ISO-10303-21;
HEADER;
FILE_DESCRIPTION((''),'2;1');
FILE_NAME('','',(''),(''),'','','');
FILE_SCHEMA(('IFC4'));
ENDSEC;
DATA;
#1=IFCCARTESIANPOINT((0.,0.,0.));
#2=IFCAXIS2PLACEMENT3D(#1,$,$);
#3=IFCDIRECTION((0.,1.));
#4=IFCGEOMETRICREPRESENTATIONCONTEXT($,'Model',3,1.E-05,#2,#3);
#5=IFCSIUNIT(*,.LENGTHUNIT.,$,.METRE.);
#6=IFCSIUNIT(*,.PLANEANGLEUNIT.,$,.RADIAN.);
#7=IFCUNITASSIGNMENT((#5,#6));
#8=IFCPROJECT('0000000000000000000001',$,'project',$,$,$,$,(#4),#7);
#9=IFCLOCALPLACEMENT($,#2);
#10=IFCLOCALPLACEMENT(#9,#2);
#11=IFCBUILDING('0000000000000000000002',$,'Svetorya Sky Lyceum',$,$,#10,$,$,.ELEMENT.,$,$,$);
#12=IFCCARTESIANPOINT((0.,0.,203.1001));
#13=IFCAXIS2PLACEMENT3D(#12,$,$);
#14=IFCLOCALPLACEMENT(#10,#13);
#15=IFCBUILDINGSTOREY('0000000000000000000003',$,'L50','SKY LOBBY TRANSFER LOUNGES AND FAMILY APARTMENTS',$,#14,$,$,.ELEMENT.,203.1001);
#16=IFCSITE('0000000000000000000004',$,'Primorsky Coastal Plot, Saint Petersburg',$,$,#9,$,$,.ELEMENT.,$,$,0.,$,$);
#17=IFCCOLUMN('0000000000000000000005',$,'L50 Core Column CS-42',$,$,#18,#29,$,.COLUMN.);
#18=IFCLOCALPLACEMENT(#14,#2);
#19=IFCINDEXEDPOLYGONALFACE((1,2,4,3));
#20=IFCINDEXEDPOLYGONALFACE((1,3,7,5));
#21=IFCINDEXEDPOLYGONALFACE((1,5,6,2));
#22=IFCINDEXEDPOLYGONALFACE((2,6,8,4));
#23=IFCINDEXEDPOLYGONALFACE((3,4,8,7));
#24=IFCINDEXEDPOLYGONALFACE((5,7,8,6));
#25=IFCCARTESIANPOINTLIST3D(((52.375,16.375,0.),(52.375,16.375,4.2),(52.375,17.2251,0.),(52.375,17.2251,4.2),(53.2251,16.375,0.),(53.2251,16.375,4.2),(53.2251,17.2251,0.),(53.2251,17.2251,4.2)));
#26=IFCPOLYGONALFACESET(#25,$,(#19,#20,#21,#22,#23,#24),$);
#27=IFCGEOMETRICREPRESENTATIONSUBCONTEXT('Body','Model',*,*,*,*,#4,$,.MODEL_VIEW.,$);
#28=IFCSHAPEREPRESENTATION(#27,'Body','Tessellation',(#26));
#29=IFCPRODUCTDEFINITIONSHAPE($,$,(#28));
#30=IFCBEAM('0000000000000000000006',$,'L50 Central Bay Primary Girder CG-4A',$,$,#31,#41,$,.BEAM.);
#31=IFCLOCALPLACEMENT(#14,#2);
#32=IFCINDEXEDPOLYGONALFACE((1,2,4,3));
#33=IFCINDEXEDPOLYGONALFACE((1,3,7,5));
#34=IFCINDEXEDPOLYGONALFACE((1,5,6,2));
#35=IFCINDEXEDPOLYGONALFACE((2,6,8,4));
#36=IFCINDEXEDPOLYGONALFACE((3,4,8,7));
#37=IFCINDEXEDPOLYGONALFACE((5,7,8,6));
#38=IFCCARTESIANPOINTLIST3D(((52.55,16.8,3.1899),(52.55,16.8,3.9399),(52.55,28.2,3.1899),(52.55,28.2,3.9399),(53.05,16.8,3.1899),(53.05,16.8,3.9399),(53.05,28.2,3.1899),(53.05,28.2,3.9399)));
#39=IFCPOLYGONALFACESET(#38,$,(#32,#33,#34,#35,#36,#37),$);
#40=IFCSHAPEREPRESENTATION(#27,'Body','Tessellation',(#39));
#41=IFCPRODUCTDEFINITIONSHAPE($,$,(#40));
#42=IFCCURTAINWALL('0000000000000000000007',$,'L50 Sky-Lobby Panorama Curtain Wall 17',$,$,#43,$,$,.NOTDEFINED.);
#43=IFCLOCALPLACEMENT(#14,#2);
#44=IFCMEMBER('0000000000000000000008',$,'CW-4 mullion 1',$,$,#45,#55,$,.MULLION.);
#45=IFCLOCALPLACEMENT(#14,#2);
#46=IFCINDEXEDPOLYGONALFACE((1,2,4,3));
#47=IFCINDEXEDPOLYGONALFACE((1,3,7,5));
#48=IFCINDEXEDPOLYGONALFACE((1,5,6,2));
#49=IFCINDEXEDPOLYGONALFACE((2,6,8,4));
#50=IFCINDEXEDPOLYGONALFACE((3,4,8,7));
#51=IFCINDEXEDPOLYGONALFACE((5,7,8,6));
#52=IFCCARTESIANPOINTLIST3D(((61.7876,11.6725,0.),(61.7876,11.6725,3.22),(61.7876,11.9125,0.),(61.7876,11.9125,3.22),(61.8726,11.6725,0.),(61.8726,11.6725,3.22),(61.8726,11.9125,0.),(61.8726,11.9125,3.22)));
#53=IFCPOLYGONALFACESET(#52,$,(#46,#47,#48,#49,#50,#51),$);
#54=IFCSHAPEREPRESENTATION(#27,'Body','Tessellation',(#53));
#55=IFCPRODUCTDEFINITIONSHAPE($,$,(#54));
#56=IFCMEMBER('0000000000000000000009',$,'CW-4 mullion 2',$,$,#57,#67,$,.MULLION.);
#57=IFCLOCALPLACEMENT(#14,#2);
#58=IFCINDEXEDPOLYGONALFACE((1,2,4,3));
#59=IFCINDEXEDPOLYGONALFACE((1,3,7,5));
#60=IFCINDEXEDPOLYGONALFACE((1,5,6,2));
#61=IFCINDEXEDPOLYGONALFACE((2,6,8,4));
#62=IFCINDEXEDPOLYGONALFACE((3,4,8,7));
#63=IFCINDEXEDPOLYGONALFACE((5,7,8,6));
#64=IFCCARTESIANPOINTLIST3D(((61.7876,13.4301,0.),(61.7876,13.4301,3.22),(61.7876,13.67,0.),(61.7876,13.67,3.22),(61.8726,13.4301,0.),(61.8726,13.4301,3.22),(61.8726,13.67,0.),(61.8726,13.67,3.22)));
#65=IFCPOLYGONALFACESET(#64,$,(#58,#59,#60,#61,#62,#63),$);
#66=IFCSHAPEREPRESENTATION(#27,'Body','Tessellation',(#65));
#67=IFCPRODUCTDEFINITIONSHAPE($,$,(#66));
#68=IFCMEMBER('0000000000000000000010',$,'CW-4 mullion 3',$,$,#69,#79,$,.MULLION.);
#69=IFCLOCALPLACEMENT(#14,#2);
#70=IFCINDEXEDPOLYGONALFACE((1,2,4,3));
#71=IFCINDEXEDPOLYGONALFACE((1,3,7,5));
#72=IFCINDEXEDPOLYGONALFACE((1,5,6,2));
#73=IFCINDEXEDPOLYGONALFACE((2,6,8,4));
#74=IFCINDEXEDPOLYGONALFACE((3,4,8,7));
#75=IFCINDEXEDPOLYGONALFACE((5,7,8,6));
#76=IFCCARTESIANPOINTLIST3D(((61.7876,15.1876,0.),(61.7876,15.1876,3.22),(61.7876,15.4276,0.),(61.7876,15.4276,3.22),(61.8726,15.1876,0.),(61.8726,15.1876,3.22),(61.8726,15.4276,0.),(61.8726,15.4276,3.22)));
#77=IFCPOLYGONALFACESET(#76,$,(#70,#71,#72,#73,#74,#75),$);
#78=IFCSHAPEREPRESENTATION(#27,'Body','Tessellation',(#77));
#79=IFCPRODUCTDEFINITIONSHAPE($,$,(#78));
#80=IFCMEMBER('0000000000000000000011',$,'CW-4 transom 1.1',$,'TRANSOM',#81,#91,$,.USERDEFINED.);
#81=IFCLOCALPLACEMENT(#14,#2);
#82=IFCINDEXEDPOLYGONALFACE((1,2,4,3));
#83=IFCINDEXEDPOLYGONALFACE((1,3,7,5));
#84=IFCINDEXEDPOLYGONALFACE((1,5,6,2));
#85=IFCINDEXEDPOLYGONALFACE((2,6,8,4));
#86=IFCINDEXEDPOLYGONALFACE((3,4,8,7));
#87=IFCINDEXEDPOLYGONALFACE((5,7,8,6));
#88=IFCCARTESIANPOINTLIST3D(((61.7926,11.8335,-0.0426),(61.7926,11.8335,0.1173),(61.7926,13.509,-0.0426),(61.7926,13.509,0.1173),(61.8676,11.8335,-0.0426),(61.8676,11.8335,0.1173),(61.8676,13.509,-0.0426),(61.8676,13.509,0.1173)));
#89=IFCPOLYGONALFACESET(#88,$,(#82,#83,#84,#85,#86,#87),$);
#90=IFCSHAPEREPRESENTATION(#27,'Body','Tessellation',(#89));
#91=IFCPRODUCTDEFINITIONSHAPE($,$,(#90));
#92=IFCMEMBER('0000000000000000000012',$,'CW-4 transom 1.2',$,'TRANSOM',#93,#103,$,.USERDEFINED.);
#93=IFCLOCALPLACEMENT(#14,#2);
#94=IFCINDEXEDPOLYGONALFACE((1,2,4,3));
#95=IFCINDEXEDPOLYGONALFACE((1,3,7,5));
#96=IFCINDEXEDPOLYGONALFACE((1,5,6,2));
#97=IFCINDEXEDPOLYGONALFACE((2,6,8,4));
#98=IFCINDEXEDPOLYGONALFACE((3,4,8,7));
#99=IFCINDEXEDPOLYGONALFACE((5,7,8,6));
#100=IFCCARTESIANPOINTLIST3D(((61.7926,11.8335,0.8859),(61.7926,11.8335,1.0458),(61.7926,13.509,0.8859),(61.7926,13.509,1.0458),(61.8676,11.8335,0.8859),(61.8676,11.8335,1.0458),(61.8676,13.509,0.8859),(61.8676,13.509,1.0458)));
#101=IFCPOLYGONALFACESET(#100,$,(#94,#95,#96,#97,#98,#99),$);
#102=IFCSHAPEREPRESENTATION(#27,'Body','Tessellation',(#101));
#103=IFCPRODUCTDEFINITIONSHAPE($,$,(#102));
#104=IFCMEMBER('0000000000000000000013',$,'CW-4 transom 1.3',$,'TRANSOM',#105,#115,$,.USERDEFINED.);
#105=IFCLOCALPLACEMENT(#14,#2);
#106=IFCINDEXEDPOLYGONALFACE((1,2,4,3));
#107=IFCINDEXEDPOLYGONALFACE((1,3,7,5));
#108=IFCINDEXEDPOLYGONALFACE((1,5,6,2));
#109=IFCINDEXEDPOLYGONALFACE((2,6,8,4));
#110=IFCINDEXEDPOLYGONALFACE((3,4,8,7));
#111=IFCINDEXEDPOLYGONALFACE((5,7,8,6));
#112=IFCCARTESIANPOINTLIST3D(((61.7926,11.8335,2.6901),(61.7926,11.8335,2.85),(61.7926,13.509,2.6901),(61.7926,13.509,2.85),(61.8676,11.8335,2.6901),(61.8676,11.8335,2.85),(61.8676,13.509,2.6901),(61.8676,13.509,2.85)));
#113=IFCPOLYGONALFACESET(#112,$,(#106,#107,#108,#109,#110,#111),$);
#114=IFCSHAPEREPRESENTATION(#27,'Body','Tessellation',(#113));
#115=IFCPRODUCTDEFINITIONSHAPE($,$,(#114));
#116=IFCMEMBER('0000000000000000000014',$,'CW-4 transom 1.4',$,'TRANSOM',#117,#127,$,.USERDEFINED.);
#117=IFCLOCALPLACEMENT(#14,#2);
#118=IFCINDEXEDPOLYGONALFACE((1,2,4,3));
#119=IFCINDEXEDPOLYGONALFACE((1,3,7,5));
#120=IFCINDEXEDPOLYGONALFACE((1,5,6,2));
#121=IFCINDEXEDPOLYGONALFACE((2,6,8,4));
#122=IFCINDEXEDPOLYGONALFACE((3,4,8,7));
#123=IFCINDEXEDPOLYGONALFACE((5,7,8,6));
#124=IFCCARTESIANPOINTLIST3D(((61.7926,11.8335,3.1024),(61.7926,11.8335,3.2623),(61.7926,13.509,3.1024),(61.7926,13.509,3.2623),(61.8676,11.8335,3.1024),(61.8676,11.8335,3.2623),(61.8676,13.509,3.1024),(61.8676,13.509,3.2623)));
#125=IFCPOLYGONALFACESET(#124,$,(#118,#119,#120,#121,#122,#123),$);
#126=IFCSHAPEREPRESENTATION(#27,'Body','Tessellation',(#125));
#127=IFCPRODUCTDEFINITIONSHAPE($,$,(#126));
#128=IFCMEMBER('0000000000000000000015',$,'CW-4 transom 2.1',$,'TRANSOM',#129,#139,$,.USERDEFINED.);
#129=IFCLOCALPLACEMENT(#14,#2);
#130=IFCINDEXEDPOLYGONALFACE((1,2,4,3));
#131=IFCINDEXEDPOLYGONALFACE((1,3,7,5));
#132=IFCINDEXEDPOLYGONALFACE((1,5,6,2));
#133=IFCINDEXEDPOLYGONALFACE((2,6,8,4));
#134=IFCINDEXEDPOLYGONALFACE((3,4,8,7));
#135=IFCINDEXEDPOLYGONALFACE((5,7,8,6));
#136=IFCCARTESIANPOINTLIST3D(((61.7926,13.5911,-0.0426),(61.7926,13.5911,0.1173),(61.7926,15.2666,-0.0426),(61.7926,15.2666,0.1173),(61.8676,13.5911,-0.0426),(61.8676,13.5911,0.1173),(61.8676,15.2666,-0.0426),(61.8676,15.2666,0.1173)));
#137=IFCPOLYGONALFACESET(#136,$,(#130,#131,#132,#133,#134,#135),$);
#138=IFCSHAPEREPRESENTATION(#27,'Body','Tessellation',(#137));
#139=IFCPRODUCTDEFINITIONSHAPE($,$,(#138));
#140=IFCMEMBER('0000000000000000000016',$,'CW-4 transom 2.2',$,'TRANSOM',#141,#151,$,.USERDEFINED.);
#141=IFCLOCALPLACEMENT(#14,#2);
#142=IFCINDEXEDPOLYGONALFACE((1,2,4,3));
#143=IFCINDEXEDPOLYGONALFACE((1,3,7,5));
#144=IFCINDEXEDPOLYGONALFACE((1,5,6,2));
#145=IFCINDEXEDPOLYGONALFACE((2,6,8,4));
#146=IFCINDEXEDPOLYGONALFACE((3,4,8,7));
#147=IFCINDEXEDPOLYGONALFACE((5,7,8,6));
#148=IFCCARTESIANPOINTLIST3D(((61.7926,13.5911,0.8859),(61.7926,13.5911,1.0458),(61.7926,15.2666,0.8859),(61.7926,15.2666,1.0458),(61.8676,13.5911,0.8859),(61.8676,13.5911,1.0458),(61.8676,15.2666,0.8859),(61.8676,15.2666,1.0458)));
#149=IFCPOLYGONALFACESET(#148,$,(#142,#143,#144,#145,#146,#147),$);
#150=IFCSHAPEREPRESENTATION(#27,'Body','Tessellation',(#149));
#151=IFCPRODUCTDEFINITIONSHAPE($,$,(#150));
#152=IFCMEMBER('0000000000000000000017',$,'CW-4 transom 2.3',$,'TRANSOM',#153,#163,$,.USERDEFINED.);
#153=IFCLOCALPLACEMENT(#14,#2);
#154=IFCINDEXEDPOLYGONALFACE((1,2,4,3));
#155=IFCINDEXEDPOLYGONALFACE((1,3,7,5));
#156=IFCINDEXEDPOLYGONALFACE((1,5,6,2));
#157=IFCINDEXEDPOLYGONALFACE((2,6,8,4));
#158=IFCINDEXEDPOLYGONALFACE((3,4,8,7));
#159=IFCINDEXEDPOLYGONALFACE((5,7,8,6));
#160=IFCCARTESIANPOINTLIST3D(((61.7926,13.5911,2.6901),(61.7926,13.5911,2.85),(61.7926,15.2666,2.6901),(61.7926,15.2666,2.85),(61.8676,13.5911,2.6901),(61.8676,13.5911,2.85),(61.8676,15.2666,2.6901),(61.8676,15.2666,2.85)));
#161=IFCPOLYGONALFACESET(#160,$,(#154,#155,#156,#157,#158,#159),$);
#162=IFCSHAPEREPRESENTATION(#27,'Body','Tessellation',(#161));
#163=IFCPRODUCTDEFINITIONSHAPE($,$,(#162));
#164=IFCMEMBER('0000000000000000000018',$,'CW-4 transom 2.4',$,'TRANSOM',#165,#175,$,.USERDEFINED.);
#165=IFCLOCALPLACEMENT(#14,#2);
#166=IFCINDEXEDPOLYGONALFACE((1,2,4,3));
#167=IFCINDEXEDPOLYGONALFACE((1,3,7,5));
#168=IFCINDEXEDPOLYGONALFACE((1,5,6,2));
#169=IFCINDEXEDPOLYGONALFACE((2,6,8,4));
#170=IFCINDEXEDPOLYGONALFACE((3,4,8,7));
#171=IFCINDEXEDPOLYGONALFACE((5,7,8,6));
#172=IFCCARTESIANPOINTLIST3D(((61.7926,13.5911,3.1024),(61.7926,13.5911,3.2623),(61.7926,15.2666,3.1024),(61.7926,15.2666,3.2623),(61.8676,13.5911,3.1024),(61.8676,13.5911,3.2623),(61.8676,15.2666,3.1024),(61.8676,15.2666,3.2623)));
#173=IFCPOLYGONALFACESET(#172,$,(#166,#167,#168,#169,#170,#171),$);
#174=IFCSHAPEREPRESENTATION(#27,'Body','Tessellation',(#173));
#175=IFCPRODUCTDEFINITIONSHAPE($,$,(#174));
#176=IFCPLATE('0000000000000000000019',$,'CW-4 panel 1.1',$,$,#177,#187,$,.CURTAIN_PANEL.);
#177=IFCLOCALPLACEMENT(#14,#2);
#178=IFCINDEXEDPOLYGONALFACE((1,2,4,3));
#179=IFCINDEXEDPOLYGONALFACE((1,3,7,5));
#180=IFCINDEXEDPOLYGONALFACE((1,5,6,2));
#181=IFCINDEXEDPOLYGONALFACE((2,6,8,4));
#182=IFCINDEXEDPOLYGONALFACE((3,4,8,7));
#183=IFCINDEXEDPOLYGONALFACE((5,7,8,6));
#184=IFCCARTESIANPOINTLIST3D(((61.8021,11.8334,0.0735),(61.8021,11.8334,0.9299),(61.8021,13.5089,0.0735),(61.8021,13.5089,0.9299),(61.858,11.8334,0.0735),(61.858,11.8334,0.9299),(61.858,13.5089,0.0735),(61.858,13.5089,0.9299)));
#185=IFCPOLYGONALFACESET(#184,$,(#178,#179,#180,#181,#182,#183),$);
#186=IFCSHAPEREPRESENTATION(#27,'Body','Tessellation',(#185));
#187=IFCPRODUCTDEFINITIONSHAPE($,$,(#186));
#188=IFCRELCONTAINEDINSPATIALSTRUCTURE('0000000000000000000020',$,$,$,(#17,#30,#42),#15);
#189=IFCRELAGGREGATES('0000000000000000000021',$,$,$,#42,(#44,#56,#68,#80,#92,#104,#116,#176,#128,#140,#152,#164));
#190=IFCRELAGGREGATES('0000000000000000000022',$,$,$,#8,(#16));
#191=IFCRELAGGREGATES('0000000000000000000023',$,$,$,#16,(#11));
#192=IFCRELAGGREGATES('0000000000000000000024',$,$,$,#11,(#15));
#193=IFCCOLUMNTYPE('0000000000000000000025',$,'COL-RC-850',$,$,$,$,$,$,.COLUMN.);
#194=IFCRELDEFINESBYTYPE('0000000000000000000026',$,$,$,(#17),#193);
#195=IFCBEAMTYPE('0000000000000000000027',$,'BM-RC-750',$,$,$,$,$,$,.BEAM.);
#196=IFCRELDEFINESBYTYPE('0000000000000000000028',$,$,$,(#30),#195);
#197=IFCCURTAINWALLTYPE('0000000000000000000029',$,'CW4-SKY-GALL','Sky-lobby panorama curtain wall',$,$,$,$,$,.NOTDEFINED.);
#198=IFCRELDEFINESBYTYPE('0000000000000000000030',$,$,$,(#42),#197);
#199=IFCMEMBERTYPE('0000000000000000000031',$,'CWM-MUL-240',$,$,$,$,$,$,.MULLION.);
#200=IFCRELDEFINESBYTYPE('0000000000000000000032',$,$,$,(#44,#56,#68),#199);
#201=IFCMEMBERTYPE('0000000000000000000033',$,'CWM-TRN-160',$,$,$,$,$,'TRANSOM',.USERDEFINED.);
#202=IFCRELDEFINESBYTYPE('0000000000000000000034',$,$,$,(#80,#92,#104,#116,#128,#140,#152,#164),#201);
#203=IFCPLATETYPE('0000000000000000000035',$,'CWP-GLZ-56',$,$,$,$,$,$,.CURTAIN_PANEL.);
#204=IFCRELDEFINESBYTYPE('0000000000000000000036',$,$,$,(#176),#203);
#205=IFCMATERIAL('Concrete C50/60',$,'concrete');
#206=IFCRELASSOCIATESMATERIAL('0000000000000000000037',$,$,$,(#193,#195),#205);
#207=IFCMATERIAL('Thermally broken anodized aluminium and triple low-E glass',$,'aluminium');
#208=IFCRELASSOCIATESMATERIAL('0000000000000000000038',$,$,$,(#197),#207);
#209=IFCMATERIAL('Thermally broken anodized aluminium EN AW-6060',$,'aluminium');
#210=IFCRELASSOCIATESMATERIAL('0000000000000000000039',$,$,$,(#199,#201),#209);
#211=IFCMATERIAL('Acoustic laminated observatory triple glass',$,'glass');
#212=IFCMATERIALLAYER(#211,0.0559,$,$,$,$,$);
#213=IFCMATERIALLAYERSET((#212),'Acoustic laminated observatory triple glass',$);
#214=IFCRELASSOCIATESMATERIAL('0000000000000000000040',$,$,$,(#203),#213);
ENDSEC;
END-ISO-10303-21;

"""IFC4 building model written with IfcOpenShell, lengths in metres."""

from ifc_helpers import new_model, si_unit, direction, frame, origin, origin_2d, place, context, subcontext, project, spatial, rectangle, extrude, material, layer, layer_set, material_profile, profile_set, type_object, element, aggregate, save


model = new_model("IFC4")

# Units and contexts
model_context = context("Model", 3, precision=1e-05, world=origin(), true_north=direction((0.0, 1.0)))
body_context = subcontext(model_context, "Body", "Model", "MODEL_VIEW")
ifc_project = project(units=[si_unit("LENGTHUNIT", "METRE"), si_unit("PLANEANGLEUNIT", "RADIAN")], contexts=[model_context])

# Site, building, storey
site_placement = place(None, origin())
site = spatial("IfcSite", under=ifc_project, at=site_placement, Name="Primorsky Coastal Plot, Saint Petersburg", CompositionType="ELEMENT", RefElevation=0.0)
building_placement = place(site_placement, origin())
building = spatial("IfcBuilding", under=site, at=building_placement, Name="Svetorya Sky Lyceum", CompositionType="ELEMENT")
storey_placement = place(building_placement, frame((0.0, 0.0, 203.1001)))
storey = spatial("IfcBuildingStorey", under=building, at=storey_placement, Name="L50", Description="SKY LOBBY TRANSFER LOUNGES AND FAMILY APARTMENTS", CompositionType="ELEMENT", Elevation=203.1001)

# Column
ifc_material_1 = material(Name="Concrete C50/60", Category="concrete")
ifc_material_profile_1 = material_profile(ifc_material_1, rectangle(XDim=0.8501, YDim=0.8501, at=origin_2d()), Name="RC COL 850x850")
ifc_profile_set_1 = profile_set([ifc_material_profile_1], Name="Concrete C50/60")
column_type = type_object("IfcColumnType", Name="COL-RC-850", PredefinedType="COLUMN", material=ifc_profile_set_1)
column_placement = place(storey_placement, frame((52.8, 16.8, 0.0), z_axis=(0.0, 0.0, 1.0), x_axis=(1.0, 0.0, 0.0)))
element("IfcColumn", 1, at=column_placement, inside=storey, type_object=column_type, Name="L50 Core Column CS-42", PredefinedType="COLUMN", context=body_context, shape_type="SweptSolid", body=[
    extrude(rectangle(XDim=0.8501, YDim=0.8501, at=origin_2d()), origin(), (0.0, 0.0, 1.0), 4.2),
])

# Beam
ifc_material_profile_2 = material_profile(ifc_material_1, rectangle(XDim=0.5, YDim=0.75, at=origin_2d()), Name="RC BEAM 500x750")
ifc_profile_set_2 = profile_set([ifc_material_profile_2], Name="Concrete C50/60")
beam_type = type_object("IfcBeamType", Name="BM-RC-750", PredefinedType="BEAM", material=ifc_profile_set_2)
beam_placement = place(storey_placement, frame((52.8, 16.8, 3.5649), z_axis=(0.0, 1.0, 0.0), x_axis=(-1.0, 0.0, 0.0)))
element("IfcBeam", 2, at=beam_placement, inside=storey, type_object=beam_type, Name="L50 Central Bay Primary Girder CG-4A", PredefinedType="BEAM", context=body_context, shape_type="SweptSolid", body=[
    extrude(rectangle(XDim=0.5, YDim=0.75, at=origin_2d()), origin(), (0.0, 0.0, 1.0), 11.3999),
])

# Curtain wall, members, plate
ifc_material_2 = material(Name="Thermally broken anodized aluminium and triple low-E glass", Category="aluminium")
curtain_wall_type = type_object("IfcCurtainWallType", Name="CW4-SKY-GALL", Description="Sky-lobby panorama curtain wall", PredefinedType="NOTDEFINED", material=ifc_material_2)
curtain_wall_placement = place(storey_placement, origin())
curtain_wall = element("IfcCurtainWall", 3, at=curtain_wall_placement, inside=storey, type_object=curtain_wall_type, Name="L50 Sky-Lobby Panorama Curtain Wall 17", PredefinedType="NOTDEFINED")
ifc_material_3 = material(Name="Thermally broken anodized aluminium EN AW-6060", Category="aluminium")
ifc_material_profile_3 = material_profile(ifc_material_3, rectangle(XDim=0.085, YDim=0.24, at=origin_2d()), Name="ALU MULLION 85x240")
ifc_profile_set_3 = profile_set([ifc_material_profile_3], Name="Thermally broken anodized aluminium EN AW-6060")
member_type_1 = type_object("IfcMemberType", Name="CWM-MUL-240", PredefinedType="MULLION", material=ifc_profile_set_3)
member_1_placement = place(storey_placement, frame((61.8301, 11.7925, 0.0), z_axis=(0.0, 0.0, 1.0), x_axis=(-1.0, 0.0, 0.0)))
member_1 = element("IfcMember", 4, at=member_1_placement, type_object=member_type_1, Name="CW-4 mullion 1", PredefinedType="MULLION", context=body_context, shape_type="SweptSolid", body=[
    extrude(rectangle(XDim=0.085, YDim=0.24, at=origin_2d()), origin(), (0.0, 0.0, 1.0), 3.22),
])
member_2_placement = place(storey_placement, frame((61.8301, 13.55, 0.0), z_axis=(0.0, 0.0, 1.0), x_axis=(-1.0, 0.0, 0.0)))
member_2 = element("IfcMember", 5, at=member_2_placement, type_object=member_type_1, Name="CW-4 mullion 2", PredefinedType="MULLION", context=body_context, shape_type="SweptSolid", body=[
    extrude(rectangle(XDim=0.085, YDim=0.24, at=origin_2d()), origin(), (0.0, 0.0, 1.0), 3.22),
])
member_3_placement = place(storey_placement, frame((61.8301, 15.3076, 0.0), z_axis=(0.0, 0.0, 1.0), x_axis=(-1.0, 0.0, 0.0)))
member_3 = element("IfcMember", 6, at=member_3_placement, type_object=member_type_1, Name="CW-4 mullion 3", PredefinedType="MULLION", context=body_context, shape_type="SweptSolid", body=[
    extrude(rectangle(XDim=0.085, YDim=0.24, at=origin_2d()), origin(), (0.0, 0.0, 1.0), 3.22),
])
ifc_material_profile_4 = material_profile(ifc_material_3, rectangle(XDim=0.075, YDim=0.1599, at=origin_2d()), Name="ALU TRANSOM 75x160")
ifc_profile_set_4 = profile_set([ifc_material_profile_4], Name="Thermally broken anodized aluminium EN AW-6060")
member_type_2 = type_object("IfcMemberType", Name="CWM-TRN-160", ElementType="TRANSOM", PredefinedType="USERDEFINED", material=ifc_profile_set_4)
member_4_placement = place(storey_placement, frame((61.8301, 11.8335, 0.0374), z_axis=(0.0, 1.0, 0.0), x_axis=(-1.0, 0.0, 0.0)))
member_4 = element("IfcMember", 7, at=member_4_placement, type_object=member_type_2, Name="CW-4 transom 1.1", ObjectType="TRANSOM", PredefinedType="USERDEFINED", context=body_context, shape_type="SweptSolid", body=[
    extrude(rectangle(XDim=0.075, YDim=0.1599, at=origin_2d()), origin(), (0.0, 0.0, 1.0), 1.6755),
])
member_5_placement = place(storey_placement, frame((61.8301, 11.8335, 0.9658), z_axis=(0.0, 1.0, 0.0), x_axis=(-1.0, 0.0, 0.0)))
member_5 = element("IfcMember", 8, at=member_5_placement, type_object=member_type_2, Name="CW-4 transom 1.2", ObjectType="TRANSOM", PredefinedType="USERDEFINED", context=body_context, shape_type="SweptSolid", body=[
    extrude(rectangle(XDim=0.075, YDim=0.1599, at=origin_2d()), origin(), (0.0, 0.0, 1.0), 1.6755),
])
member_6_placement = place(storey_placement, frame((61.8301, 11.8335, 2.77), z_axis=(0.0, 1.0, 0.0), x_axis=(-1.0, 0.0, 0.0)))
member_6 = element("IfcMember", 9, at=member_6_placement, type_object=member_type_2, Name="CW-4 transom 1.3", ObjectType="TRANSOM", PredefinedType="USERDEFINED", context=body_context, shape_type="SweptSolid", body=[
    extrude(rectangle(XDim=0.075, YDim=0.1599, at=origin_2d()), origin(), (0.0, 0.0, 1.0), 1.6755),
])
member_7_placement = place(storey_placement, frame((61.8301, 11.8335, 3.1824), z_axis=(0.0, 1.0, 0.0), x_axis=(-1.0, 0.0, 0.0)))
member_7 = element("IfcMember", 10, at=member_7_placement, type_object=member_type_2, Name="CW-4 transom 1.4", ObjectType="TRANSOM", PredefinedType="USERDEFINED", context=body_context, shape_type="SweptSolid", body=[
    extrude(rectangle(XDim=0.075, YDim=0.1599, at=origin_2d()), origin(), (0.0, 0.0, 1.0), 1.6755),
])
member_8_placement = place(storey_placement, frame((61.8301, 13.5911, 0.0374), z_axis=(0.0, 1.0, 0.0), x_axis=(-1.0, 0.0, 0.0)))
member_8 = element("IfcMember", 11, at=member_8_placement, type_object=member_type_2, Name="CW-4 transom 2.1", ObjectType="TRANSOM", PredefinedType="USERDEFINED", context=body_context, shape_type="SweptSolid", body=[
    extrude(rectangle(XDim=0.075, YDim=0.1599, at=origin_2d()), origin(), (0.0, 0.0, 1.0), 1.6755),
])
member_9_placement = place(storey_placement, frame((61.8301, 13.5911, 0.9658), z_axis=(0.0, 1.0, 0.0), x_axis=(-1.0, 0.0, 0.0)))
member_9 = element("IfcMember", 12, at=member_9_placement, type_object=member_type_2, Name="CW-4 transom 2.2", ObjectType="TRANSOM", PredefinedType="USERDEFINED", context=body_context, shape_type="SweptSolid", body=[
    extrude(rectangle(XDim=0.075, YDim=0.1599, at=origin_2d()), origin(), (0.0, 0.0, 1.0), 1.6755),
])
member_10_placement = place(storey_placement, frame((61.8301, 13.5911, 2.77), z_axis=(0.0, 1.0, 0.0), x_axis=(-1.0, 0.0, 0.0)))
member_10 = element("IfcMember", 13, at=member_10_placement, type_object=member_type_2, Name="CW-4 transom 2.3", ObjectType="TRANSOM", PredefinedType="USERDEFINED", context=body_context, shape_type="SweptSolid", body=[
    extrude(rectangle(XDim=0.075, YDim=0.1599, at=origin_2d()), origin(), (0.0, 0.0, 1.0), 1.6755),
])
member_11_placement = place(storey_placement, frame((61.8301, 13.5911, 3.1824), z_axis=(0.0, 1.0, 0.0), x_axis=(-1.0, 0.0, 0.0)))
member_11 = element("IfcMember", 14, at=member_11_placement, type_object=member_type_2, Name="CW-4 transom 2.4", ObjectType="TRANSOM", PredefinedType="USERDEFINED", context=body_context, shape_type="SweptSolid", body=[
    extrude(rectangle(XDim=0.075, YDim=0.1599, at=origin_2d()), origin(), (0.0, 0.0, 1.0), 1.6755),
])
ifc_material_4 = material(Name="Acoustic laminated observatory triple glass", Category="glass")
ifc_layer_1 = layer(ifc_material_4, 0.0559)
ifc_layer_set_1 = layer_set([ifc_layer_1], Name="Acoustic laminated observatory triple glass")
plate_type = type_object("IfcPlateType", Name="CWP-GLZ-56", PredefinedType="CURTAIN_PANEL", material=ifc_layer_set_1)
plate_1_placement = place(storey_placement, frame((61.8301, 12.6711, 0.0735), z_axis=(0.0, 0.0, 1.0), x_axis=(0.0, 1.0, 0.0)))
plate_1 = element("IfcPlate", 15, at=plate_1_placement, type_object=plate_type, Name="CW-4 panel 1.1", PredefinedType="CURTAIN_PANEL", context=body_context, shape_type="SweptSolid", body=[
    extrude(rectangle(XDim=1.6755, YDim=0.0559, at=origin_2d()), origin(), (0.0, 0.0, 1.0), 0.8564),
])
aggregate(curtain_wall, [member_1, member_2, member_3, member_4, member_5, member_6, member_7, plate_1, member_8, member_9, member_10, member_11])

save(model, "model.ifc")
